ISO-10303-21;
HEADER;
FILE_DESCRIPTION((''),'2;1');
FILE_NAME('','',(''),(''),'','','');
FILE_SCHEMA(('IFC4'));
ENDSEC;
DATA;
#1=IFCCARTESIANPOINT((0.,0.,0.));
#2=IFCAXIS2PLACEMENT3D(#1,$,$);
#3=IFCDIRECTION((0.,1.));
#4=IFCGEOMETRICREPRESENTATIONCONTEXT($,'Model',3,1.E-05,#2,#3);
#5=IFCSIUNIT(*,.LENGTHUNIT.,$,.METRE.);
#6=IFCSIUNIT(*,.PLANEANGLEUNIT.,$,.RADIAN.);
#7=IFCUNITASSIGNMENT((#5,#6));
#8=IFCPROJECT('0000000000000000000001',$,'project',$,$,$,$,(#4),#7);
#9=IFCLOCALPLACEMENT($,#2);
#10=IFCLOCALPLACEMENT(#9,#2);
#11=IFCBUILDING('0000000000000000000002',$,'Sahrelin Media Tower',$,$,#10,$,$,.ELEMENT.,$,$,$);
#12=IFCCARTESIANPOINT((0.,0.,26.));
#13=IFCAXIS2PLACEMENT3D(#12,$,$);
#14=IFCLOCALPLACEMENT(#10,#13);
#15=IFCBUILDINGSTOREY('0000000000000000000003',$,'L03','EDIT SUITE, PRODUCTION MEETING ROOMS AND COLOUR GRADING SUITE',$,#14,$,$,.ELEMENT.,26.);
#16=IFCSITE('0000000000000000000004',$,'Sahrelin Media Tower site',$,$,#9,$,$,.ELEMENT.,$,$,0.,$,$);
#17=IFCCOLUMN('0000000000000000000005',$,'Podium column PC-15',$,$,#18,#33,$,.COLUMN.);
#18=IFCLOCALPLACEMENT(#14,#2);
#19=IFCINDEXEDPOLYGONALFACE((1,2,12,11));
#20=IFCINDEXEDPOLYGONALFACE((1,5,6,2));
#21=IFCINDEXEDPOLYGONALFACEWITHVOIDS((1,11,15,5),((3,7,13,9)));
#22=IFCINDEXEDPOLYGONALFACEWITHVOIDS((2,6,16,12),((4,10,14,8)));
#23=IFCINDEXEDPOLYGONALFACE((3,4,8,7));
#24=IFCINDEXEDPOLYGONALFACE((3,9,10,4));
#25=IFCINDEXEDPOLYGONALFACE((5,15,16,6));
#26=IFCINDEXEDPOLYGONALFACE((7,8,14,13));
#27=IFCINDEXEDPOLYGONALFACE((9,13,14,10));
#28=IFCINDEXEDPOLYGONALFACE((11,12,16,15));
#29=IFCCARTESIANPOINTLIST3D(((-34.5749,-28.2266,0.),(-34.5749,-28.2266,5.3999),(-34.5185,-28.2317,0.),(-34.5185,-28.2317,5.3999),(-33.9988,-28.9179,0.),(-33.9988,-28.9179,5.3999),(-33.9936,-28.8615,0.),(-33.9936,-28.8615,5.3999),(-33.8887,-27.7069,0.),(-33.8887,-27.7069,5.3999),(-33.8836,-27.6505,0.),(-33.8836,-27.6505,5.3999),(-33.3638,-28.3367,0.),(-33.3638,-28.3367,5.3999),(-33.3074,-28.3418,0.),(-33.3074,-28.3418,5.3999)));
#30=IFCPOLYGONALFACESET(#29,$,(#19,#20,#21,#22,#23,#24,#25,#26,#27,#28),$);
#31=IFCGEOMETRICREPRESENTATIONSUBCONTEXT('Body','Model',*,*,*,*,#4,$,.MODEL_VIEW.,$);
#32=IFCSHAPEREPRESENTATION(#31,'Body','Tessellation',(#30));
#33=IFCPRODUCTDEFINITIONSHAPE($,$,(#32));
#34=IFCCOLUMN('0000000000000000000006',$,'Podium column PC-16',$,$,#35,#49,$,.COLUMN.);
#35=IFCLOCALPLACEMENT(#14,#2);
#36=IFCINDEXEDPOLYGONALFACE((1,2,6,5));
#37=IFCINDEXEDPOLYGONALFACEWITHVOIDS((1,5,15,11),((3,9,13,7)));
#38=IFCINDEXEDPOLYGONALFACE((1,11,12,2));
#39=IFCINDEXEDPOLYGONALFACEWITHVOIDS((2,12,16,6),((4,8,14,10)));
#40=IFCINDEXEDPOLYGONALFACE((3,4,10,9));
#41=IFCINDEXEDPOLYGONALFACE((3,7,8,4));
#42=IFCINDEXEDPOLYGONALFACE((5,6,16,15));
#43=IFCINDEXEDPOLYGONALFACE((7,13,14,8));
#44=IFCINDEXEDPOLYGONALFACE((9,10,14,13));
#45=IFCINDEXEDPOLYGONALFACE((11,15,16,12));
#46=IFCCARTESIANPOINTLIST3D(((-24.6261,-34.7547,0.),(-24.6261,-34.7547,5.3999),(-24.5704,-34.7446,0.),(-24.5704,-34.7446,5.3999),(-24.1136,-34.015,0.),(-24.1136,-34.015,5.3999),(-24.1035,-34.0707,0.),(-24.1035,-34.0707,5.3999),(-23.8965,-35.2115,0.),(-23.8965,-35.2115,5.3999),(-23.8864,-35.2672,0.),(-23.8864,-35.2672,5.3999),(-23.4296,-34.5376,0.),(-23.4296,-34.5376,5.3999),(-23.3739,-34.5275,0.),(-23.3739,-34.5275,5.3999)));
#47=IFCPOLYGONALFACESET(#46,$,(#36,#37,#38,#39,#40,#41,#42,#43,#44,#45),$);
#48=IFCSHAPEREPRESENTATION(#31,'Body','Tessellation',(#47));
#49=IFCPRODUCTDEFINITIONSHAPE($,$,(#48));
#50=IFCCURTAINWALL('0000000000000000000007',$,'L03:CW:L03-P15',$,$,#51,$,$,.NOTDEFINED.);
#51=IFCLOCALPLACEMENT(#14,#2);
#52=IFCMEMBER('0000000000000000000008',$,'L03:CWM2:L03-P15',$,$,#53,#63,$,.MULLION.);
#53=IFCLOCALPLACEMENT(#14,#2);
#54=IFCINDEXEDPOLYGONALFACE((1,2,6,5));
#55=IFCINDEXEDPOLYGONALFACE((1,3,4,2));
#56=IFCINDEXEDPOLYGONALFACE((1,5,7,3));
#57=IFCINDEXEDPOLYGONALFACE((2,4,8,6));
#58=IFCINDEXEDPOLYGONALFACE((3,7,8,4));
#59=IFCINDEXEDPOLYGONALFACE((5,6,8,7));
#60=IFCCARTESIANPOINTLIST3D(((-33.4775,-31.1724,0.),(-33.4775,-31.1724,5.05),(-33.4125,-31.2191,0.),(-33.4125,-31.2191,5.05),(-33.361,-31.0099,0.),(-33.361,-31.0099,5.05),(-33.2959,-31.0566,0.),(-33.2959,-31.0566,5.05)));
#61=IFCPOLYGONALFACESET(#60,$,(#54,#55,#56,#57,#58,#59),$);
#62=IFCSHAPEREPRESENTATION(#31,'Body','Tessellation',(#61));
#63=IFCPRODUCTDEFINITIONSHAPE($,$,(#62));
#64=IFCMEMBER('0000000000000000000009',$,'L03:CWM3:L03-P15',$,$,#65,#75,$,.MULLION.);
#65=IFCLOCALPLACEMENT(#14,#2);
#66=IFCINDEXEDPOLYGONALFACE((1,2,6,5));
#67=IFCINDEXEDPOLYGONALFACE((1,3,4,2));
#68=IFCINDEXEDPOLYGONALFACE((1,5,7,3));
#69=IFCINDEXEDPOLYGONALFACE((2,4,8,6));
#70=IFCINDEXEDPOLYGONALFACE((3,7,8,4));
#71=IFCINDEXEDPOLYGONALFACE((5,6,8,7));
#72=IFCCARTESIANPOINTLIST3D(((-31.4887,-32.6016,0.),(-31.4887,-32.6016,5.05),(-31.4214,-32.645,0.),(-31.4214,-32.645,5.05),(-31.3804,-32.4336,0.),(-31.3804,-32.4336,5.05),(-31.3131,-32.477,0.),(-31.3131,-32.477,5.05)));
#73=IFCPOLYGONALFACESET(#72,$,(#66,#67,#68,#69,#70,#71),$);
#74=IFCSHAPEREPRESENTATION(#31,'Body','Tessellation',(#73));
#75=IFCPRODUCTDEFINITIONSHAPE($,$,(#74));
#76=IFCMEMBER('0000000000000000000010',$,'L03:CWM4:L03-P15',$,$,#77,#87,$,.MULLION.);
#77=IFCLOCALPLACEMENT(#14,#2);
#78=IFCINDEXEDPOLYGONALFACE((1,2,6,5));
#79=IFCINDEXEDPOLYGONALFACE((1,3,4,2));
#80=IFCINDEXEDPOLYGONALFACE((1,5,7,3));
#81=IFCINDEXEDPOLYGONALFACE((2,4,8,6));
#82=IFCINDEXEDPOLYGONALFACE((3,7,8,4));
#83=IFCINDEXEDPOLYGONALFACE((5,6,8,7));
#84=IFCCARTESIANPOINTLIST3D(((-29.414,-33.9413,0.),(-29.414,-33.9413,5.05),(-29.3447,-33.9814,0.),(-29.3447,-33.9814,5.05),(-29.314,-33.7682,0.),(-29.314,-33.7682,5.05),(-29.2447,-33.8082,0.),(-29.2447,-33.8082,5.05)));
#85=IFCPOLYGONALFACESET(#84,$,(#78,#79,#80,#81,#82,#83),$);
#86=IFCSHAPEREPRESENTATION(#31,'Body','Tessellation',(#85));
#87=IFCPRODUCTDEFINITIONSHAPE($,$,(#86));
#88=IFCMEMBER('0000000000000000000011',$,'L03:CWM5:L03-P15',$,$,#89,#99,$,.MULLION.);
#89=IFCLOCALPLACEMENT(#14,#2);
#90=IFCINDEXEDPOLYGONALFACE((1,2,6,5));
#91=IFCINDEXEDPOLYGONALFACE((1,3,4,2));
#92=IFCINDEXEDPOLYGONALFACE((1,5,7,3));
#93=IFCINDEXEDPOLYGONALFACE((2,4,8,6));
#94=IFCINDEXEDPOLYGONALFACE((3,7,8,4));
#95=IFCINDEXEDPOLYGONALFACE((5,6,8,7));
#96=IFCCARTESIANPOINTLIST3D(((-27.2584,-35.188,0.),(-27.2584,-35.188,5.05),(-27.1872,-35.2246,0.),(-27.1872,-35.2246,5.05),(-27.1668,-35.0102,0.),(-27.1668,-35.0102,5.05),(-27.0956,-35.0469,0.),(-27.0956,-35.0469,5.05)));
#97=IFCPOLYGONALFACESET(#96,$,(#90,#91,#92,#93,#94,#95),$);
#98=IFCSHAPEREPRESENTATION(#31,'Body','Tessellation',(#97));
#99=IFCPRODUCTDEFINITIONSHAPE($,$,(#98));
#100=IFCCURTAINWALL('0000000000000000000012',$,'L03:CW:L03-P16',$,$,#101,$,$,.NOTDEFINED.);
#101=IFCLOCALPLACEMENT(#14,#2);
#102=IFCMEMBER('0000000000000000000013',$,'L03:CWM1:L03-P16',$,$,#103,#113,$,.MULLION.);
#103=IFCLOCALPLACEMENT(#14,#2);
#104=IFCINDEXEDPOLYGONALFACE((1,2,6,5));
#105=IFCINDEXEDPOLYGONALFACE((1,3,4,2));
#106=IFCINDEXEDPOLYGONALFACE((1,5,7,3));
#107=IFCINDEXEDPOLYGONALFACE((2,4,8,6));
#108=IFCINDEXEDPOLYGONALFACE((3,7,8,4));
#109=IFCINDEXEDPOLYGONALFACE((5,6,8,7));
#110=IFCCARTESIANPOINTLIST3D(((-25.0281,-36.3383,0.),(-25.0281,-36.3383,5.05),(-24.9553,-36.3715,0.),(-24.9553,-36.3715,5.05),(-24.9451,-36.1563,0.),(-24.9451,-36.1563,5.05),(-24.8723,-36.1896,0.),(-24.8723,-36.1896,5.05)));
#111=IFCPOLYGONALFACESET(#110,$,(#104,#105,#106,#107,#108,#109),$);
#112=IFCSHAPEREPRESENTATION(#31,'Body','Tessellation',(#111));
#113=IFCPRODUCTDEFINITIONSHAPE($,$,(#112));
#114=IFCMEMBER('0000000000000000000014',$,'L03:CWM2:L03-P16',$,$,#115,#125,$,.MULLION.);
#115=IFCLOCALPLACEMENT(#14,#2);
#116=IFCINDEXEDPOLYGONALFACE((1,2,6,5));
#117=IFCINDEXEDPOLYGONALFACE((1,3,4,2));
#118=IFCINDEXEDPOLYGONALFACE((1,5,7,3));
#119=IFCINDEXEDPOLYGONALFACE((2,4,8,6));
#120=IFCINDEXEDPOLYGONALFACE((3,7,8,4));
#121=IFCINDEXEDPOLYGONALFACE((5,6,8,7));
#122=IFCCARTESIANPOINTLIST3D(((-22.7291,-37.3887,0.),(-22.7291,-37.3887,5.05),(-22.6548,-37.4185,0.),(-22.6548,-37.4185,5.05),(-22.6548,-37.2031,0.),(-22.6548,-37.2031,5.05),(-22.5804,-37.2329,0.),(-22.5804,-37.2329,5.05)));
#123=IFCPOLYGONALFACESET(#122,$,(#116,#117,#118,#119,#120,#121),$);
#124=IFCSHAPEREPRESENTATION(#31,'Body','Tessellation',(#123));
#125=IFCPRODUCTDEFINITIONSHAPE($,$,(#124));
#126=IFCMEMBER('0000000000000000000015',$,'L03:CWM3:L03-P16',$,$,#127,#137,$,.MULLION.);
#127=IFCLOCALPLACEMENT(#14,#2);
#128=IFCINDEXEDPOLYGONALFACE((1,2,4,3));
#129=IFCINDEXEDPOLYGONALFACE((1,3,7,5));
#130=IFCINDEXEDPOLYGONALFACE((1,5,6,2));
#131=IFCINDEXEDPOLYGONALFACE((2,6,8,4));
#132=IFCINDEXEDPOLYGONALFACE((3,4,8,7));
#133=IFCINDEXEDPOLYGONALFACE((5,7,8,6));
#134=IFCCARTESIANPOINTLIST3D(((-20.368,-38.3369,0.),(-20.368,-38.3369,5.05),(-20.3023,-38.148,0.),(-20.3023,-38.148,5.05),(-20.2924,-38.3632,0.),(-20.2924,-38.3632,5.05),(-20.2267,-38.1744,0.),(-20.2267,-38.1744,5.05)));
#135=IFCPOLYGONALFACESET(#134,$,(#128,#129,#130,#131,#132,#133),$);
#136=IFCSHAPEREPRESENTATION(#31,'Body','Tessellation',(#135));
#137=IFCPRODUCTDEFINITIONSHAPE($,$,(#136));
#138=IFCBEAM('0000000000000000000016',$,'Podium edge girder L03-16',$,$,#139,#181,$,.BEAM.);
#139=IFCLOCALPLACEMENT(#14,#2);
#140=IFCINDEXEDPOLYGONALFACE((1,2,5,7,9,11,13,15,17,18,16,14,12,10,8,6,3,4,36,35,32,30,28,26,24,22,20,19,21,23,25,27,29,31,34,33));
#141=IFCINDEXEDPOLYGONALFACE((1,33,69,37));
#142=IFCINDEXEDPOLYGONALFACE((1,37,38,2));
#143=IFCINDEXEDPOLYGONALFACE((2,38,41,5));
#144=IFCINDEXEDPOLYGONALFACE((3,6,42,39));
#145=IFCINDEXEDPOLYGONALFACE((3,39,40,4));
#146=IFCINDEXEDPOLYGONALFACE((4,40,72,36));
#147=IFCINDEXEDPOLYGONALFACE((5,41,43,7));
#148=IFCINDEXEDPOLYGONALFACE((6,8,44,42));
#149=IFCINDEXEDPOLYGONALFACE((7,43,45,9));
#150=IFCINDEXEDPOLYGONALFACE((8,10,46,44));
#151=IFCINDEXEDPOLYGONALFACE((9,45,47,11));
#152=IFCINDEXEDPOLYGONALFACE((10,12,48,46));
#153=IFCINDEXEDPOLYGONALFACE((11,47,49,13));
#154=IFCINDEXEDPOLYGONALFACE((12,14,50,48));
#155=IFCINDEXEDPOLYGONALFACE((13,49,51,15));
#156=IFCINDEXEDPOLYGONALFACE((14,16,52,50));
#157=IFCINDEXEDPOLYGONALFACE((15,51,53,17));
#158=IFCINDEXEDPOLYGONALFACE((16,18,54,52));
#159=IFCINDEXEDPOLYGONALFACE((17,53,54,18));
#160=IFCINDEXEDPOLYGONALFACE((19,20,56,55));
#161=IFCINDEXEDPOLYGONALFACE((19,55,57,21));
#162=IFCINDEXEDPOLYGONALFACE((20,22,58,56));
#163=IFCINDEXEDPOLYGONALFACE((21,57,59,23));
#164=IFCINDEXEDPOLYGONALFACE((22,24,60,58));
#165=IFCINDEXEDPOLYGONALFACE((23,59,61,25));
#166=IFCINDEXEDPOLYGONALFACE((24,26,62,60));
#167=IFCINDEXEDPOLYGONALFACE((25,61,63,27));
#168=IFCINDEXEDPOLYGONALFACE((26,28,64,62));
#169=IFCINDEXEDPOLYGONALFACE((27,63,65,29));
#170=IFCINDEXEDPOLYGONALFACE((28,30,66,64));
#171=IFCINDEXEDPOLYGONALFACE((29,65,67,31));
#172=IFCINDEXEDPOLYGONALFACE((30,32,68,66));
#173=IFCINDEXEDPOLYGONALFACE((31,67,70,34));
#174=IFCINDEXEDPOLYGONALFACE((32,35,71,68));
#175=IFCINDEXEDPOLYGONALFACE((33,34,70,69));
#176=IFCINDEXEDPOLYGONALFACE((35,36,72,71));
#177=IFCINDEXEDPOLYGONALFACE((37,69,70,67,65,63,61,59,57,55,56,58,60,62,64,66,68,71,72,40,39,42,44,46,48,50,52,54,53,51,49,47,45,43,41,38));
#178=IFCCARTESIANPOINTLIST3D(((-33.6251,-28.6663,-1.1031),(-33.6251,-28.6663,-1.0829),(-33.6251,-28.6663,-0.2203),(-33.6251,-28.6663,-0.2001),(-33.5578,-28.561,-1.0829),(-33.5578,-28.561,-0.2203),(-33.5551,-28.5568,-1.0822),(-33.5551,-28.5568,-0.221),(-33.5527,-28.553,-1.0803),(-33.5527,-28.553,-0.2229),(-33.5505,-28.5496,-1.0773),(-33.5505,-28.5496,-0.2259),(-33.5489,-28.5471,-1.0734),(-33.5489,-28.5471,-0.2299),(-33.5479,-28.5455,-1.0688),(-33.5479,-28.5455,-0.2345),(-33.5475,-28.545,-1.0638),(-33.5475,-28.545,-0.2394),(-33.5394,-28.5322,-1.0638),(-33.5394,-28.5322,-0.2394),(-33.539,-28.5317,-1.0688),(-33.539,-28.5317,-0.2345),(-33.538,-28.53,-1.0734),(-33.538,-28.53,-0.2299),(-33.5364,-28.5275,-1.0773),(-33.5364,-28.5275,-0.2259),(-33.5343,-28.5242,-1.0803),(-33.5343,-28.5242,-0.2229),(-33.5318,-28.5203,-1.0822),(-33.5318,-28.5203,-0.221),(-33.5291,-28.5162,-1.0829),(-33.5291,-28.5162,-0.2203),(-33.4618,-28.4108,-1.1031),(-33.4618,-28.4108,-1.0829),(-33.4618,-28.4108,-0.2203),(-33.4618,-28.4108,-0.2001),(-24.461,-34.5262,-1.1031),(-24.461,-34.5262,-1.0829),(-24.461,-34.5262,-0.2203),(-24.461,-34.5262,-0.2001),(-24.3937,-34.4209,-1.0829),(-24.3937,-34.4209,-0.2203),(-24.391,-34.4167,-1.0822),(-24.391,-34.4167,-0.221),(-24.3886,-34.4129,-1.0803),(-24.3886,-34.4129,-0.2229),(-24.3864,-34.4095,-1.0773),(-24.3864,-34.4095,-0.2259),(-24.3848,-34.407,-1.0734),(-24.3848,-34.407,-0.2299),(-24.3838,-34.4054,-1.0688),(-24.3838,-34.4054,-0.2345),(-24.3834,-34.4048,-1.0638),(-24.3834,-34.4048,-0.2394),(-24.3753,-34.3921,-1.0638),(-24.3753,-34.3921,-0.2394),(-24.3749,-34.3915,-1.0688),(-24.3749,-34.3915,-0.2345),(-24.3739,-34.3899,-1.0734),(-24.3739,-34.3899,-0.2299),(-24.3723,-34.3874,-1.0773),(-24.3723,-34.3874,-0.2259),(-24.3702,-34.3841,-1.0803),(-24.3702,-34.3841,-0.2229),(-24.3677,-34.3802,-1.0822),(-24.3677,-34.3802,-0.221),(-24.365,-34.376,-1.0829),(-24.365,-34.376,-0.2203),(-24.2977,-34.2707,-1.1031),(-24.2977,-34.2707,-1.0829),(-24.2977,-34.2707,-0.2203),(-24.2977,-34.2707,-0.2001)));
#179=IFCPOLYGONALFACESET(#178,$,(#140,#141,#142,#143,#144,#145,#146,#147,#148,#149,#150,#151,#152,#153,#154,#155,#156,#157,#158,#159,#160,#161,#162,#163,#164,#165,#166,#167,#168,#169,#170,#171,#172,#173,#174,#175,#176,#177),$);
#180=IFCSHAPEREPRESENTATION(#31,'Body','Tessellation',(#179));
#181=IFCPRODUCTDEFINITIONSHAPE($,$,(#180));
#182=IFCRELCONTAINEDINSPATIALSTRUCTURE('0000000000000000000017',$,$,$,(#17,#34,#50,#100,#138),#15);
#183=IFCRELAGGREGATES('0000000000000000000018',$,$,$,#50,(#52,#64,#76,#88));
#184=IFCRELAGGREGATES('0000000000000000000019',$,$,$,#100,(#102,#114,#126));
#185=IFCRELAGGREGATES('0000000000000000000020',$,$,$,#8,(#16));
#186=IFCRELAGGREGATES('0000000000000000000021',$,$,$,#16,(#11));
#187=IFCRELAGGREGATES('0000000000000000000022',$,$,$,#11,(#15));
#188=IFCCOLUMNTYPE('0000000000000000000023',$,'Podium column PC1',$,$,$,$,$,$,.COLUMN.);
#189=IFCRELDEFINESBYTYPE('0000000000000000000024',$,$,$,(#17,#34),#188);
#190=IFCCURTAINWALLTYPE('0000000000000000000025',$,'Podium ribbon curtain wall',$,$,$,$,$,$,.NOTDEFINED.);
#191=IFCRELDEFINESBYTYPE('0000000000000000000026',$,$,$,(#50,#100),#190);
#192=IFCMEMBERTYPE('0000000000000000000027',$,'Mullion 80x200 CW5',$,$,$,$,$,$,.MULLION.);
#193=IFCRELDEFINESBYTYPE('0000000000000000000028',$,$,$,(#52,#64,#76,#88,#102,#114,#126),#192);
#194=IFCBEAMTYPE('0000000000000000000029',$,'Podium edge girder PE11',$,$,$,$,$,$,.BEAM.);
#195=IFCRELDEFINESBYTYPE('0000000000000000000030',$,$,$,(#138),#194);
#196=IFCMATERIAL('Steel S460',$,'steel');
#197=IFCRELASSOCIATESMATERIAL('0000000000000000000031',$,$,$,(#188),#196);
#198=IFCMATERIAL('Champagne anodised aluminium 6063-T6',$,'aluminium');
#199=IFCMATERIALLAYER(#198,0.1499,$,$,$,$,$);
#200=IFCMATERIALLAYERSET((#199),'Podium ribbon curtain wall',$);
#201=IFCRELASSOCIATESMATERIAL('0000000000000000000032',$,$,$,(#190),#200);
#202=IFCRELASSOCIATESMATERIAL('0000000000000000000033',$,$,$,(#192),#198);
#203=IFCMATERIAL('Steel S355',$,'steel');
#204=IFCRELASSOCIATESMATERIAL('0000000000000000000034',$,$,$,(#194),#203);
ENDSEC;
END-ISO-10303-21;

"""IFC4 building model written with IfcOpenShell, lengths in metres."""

from ifc_helpers import new_model, si_unit, direction, frame, origin, origin_2d, place, context, subcontext, project, spatial, rectangle, hollow_rectangle, i_section, extrude, material, layer, layer_set, material_profile, profile_set, type_object, element, aggregate, save


model = new_model("IFC4")

# Units and contexts
model_context = context("Model", 3, precision=1e-05, world=origin(), true_north=direction((0.0, 1.0)))
body_context = subcontext(model_context, "Body", "Model", "MODEL_VIEW")
ifc_project = project(units=[si_unit("LENGTHUNIT", "METRE"), si_unit("PLANEANGLEUNIT", "RADIAN")], contexts=[model_context])

# Site, building, storey
site_placement = place(None, origin())
site = spatial("IfcSite", under=ifc_project, at=site_placement, Name="Sahrelin Media Tower site", CompositionType="ELEMENT", RefElevation=0.0)
building_placement = place(site_placement, origin())
building = spatial("IfcBuilding", under=site, at=building_placement, Name="Sahrelin Media Tower", CompositionType="ELEMENT")
storey_placement = place(building_placement, frame((0.0, 0.0, 26.0)))
storey = spatial("IfcBuildingStorey", under=building, at=storey_placement, Name="L03", Description="EDIT SUITE, PRODUCTION MEETING ROOMS AND COLOUR GRADING SUITE", CompositionType="ELEMENT", Elevation=26.0)

# Columns
ifc_material_1 = material(Name="Steel S460", Category="steel")
ifc_material_profile_1 = material_profile(ifc_material_1, hollow_rectangle(XDim=0.8999, YDim=0.8999, WallThickness=0.04, at=origin_2d()), Name="Podium column PC1")
ifc_profile_set_1 = profile_set([ifc_material_profile_1], Name="Steel S460")
column_type = type_object("IfcColumnType", Name="Podium column PC1", PredefinedType="COLUMN", material=ifc_profile_set_1)
for number, where, z_axis, x_axis, name in (
    (1, (-33.9412, -28.2842, 0.0), (0.0, 0.0, 1.0), (-0.768221, -0.640185, 0.0), "Podium column PC-15"),
    (2, (-24.0, -34.6411, 0.0), (0.0, 0.0, 1.0), (-0.569495, -0.821995, 0.0), "Podium column PC-16"),
):
    element("IfcColumn", number, at=place(storey_placement, frame(where, z_axis=z_axis, x_axis=x_axis)), inside=storey, type_object=column_type, Name=name, PredefinedType="COLUMN", context=body_context, shape_type="SweptSolid", body=[
        extrude(hollow_rectangle(XDim=0.8999, YDim=0.8999, WallThickness=0.04, at=origin_2d()), origin(), (0.0, 0.0, 1.0), 5.3999),
    ])

# Curtain walls, members
ifc_material_2 = material(Name="Champagne anodised aluminium 6063-T6", Category="aluminium")
ifc_layer_1 = layer(ifc_material_2, 0.1499)
ifc_layer_set_1 = layer_set([ifc_layer_1], Name="Podium ribbon curtain wall")
curtain_wall_type = type_object("IfcCurtainWallType", Name="Podium ribbon curtain wall", PredefinedType="NOTDEFINED", material=ifc_layer_set_1)
curtain_wall_1_placement = place(storey_placement, frame((-35.3552, -29.6985, 0.0), z_axis=(0.0, 0.0, 1.0), x_axis=(1.0, 0.0, 0.0)))
curtain_wall_1 = element("IfcCurtainWall", 3, at=curtain_wall_1_placement, inside=storey, type_object=curtain_wall_type, Name="L03:CW:L03-P15", PredefinedType="NOTDEFINED")
ifc_material_profile_2 = material_profile(ifc_material_2, rectangle(XDim=0.0801, YDim=0.2, at=origin_2d()), Name="Mullion 80x200")
ifc_profile_set_2 = profile_set([ifc_material_profile_2], Name="Champagne anodised aluminium 6063-T6")
member_type_1 = type_object("IfcMemberType", Name="Mullion 80x200 CW5", PredefinedType="MULLION", material=ifc_profile_set_2)
member_1_placement = place(storey_placement, frame((-33.3867, -31.1145, 0.0), z_axis=(0.0, 0.0, 1.0), x_axis=(0.812532, -0.582916, 0.0)))
member_1 = element("IfcMember", 4, at=member_1_placement, type_object=member_type_1, Name="L03:CWM2:L03-P15", PredefinedType="MULLION", context=body_context, shape_type="SweptSolid", body=[
    extrude(rectangle(XDim=0.0801, YDim=0.2, at=origin_2d()), origin(), (0.0, 0.0, 1.0), 5.05),
])
member_2_placement = place(storey_placement, frame((-31.4009, -32.5393, 0.0), z_axis=(0.0, 0.0, 1.0), x_axis=(0.840519, -0.541782, 0.0)))
member_2 = element("IfcMember", 5, at=member_2_placement, type_object=member_type_1, Name="L03:CWM3:L03-P15", PredefinedType="MULLION", context=body_context, shape_type="SweptSolid", body=[
    extrude(rectangle(XDim=0.0801, YDim=0.2, at=origin_2d()), origin(), (0.0, 0.0, 1.0), 5.05),
])
member_3_placement = place(storey_placement, frame((-29.3293, -33.8748, 0.0), z_axis=(0.0, 0.0, 1.0), x_axis=(0.866029, -0.499994, 0.0)))
member_3 = element("IfcMember", 6, at=member_3_placement, type_object=member_type_1, Name="L03:CWM4:L03-P15", PredefinedType="MULLION", context=body_context, shape_type="SweptSolid", body=[
    extrude(rectangle(XDim=0.0801, YDim=0.2, at=origin_2d()), origin(), (0.0, 0.0, 1.0), 5.05),
])
member_4_placement = place(storey_placement, frame((-27.177, -35.1174, 0.0), z_axis=(0.0, 0.0, 1.0), x_axis=(0.889123, -0.457668, 0.0)))
member_4 = element("IfcMember", 7, at=member_4_placement, type_object=member_type_1, Name="L03:CWM5:L03-P15", PredefinedType="MULLION", context=body_context, shape_type="SweptSolid", body=[
    extrude(rectangle(XDim=0.0801, YDim=0.2, at=origin_2d()), origin(), (0.0, 0.0, 1.0), 5.05),
])
curtain_wall_2_placement = place(storey_placement, frame((-25.0, -36.373, 0.0), z_axis=(0.0, 0.0, 1.0), x_axis=(1.0, 0.0, 0.0)))
curtain_wall_2 = element("IfcCurtainWall", 8, at=curtain_wall_2_placement, inside=storey, type_object=curtain_wall_type, Name="L03:CW:L03-P16", PredefinedType="NOTDEFINED")
member_5_placement = place(storey_placement, frame((-24.9502, -36.2639, 0.0), z_axis=(0.0, 0.0, 1.0), x_axis=(0.909842, -0.414955, 0.0)))
member_5 = element("IfcMember", 9, at=member_5_placement, type_object=member_type_1, Name="L03:CWM1:L03-P16", PredefinedType="MULLION", context=body_context, shape_type="SweptSolid", body=[
    extrude(rectangle(XDim=0.0801, YDim=0.2, at=origin_2d()), origin(), (0.0, 0.0, 1.0), 5.05),
])
member_6_placement = place(storey_placement, frame((-22.6548, -37.3108, 0.0), z_axis=(0.0, 0.0, 1.0), x_axis=(0.92827, -0.371906, 0.0)))
member_6 = element("IfcMember", 10, at=member_6_placement, type_object=member_type_1, Name="L03:CWM2:L03-P16", PredefinedType="MULLION", context=body_context, shape_type="SweptSolid", body=[
    extrude(rectangle(XDim=0.0801, YDim=0.2, at=origin_2d()), origin(), (0.0, 0.0, 1.0), 5.05),
])
member_7_placement = place(storey_placement, frame((-20.2974, -38.2556, 0.0), z_axis=(0.0, 0.0, 1.0), x_axis=(0.944458, -0.328631, 0.0)))
member_7 = element("IfcMember", 11, at=member_7_placement, type_object=member_type_1, Name="L03:CWM3:L03-P16", PredefinedType="MULLION", context=body_context, shape_type="SweptSolid", body=[
    extrude(rectangle(XDim=0.0801, YDim=0.2, at=origin_2d()), origin(), (0.0, 0.0, 1.0), 5.05),
])

# Beam
ifc_material_3 = material(Name="Steel S355", Category="steel")
ifc_material_profile_3 = material_profile(ifc_material_3, i_section(OverallWidth=0.3032, OverallDepth=0.9031, WebThickness=0.0151, FlangeThickness=0.0203, FilletRadius=0.019, at=origin_2d()), Name="UB 914x305x201")
ifc_profile_set_3 = profile_set([ifc_material_profile_3], Name="Steel S355")
beam_type = type_object("IfcBeamType", Name="Podium edge girder PE11", PredefinedType="BEAM", material=ifc_profile_set_3)
beam_1_placement = place(storey_placement, frame((-33.5435, -28.5386, -0.6516), z_axis=(0.842486, -0.538719, 0.0), x_axis=(0.538719, 0.842486, 0.0)))
element("IfcBeam", 12, at=beam_1_placement, inside=storey, type_object=beam_type, Name="Podium edge girder L03-16", PredefinedType="BEAM", context=body_context, shape_type="SweptSolid", body=[
    extrude(i_section(OverallWidth=0.3032, OverallDepth=0.9031, WebThickness=0.0151, FlangeThickness=0.0203, FilletRadius=0.019, at=origin_2d()), origin(), (0.0, 0.0, 1.0), 10.8774),
])

aggregate(curtain_wall_1, [member_1, member_2, member_3, member_4])
aggregate(curtain_wall_2, [member_5, member_6, member_7])

save(model, "model.ifc")
